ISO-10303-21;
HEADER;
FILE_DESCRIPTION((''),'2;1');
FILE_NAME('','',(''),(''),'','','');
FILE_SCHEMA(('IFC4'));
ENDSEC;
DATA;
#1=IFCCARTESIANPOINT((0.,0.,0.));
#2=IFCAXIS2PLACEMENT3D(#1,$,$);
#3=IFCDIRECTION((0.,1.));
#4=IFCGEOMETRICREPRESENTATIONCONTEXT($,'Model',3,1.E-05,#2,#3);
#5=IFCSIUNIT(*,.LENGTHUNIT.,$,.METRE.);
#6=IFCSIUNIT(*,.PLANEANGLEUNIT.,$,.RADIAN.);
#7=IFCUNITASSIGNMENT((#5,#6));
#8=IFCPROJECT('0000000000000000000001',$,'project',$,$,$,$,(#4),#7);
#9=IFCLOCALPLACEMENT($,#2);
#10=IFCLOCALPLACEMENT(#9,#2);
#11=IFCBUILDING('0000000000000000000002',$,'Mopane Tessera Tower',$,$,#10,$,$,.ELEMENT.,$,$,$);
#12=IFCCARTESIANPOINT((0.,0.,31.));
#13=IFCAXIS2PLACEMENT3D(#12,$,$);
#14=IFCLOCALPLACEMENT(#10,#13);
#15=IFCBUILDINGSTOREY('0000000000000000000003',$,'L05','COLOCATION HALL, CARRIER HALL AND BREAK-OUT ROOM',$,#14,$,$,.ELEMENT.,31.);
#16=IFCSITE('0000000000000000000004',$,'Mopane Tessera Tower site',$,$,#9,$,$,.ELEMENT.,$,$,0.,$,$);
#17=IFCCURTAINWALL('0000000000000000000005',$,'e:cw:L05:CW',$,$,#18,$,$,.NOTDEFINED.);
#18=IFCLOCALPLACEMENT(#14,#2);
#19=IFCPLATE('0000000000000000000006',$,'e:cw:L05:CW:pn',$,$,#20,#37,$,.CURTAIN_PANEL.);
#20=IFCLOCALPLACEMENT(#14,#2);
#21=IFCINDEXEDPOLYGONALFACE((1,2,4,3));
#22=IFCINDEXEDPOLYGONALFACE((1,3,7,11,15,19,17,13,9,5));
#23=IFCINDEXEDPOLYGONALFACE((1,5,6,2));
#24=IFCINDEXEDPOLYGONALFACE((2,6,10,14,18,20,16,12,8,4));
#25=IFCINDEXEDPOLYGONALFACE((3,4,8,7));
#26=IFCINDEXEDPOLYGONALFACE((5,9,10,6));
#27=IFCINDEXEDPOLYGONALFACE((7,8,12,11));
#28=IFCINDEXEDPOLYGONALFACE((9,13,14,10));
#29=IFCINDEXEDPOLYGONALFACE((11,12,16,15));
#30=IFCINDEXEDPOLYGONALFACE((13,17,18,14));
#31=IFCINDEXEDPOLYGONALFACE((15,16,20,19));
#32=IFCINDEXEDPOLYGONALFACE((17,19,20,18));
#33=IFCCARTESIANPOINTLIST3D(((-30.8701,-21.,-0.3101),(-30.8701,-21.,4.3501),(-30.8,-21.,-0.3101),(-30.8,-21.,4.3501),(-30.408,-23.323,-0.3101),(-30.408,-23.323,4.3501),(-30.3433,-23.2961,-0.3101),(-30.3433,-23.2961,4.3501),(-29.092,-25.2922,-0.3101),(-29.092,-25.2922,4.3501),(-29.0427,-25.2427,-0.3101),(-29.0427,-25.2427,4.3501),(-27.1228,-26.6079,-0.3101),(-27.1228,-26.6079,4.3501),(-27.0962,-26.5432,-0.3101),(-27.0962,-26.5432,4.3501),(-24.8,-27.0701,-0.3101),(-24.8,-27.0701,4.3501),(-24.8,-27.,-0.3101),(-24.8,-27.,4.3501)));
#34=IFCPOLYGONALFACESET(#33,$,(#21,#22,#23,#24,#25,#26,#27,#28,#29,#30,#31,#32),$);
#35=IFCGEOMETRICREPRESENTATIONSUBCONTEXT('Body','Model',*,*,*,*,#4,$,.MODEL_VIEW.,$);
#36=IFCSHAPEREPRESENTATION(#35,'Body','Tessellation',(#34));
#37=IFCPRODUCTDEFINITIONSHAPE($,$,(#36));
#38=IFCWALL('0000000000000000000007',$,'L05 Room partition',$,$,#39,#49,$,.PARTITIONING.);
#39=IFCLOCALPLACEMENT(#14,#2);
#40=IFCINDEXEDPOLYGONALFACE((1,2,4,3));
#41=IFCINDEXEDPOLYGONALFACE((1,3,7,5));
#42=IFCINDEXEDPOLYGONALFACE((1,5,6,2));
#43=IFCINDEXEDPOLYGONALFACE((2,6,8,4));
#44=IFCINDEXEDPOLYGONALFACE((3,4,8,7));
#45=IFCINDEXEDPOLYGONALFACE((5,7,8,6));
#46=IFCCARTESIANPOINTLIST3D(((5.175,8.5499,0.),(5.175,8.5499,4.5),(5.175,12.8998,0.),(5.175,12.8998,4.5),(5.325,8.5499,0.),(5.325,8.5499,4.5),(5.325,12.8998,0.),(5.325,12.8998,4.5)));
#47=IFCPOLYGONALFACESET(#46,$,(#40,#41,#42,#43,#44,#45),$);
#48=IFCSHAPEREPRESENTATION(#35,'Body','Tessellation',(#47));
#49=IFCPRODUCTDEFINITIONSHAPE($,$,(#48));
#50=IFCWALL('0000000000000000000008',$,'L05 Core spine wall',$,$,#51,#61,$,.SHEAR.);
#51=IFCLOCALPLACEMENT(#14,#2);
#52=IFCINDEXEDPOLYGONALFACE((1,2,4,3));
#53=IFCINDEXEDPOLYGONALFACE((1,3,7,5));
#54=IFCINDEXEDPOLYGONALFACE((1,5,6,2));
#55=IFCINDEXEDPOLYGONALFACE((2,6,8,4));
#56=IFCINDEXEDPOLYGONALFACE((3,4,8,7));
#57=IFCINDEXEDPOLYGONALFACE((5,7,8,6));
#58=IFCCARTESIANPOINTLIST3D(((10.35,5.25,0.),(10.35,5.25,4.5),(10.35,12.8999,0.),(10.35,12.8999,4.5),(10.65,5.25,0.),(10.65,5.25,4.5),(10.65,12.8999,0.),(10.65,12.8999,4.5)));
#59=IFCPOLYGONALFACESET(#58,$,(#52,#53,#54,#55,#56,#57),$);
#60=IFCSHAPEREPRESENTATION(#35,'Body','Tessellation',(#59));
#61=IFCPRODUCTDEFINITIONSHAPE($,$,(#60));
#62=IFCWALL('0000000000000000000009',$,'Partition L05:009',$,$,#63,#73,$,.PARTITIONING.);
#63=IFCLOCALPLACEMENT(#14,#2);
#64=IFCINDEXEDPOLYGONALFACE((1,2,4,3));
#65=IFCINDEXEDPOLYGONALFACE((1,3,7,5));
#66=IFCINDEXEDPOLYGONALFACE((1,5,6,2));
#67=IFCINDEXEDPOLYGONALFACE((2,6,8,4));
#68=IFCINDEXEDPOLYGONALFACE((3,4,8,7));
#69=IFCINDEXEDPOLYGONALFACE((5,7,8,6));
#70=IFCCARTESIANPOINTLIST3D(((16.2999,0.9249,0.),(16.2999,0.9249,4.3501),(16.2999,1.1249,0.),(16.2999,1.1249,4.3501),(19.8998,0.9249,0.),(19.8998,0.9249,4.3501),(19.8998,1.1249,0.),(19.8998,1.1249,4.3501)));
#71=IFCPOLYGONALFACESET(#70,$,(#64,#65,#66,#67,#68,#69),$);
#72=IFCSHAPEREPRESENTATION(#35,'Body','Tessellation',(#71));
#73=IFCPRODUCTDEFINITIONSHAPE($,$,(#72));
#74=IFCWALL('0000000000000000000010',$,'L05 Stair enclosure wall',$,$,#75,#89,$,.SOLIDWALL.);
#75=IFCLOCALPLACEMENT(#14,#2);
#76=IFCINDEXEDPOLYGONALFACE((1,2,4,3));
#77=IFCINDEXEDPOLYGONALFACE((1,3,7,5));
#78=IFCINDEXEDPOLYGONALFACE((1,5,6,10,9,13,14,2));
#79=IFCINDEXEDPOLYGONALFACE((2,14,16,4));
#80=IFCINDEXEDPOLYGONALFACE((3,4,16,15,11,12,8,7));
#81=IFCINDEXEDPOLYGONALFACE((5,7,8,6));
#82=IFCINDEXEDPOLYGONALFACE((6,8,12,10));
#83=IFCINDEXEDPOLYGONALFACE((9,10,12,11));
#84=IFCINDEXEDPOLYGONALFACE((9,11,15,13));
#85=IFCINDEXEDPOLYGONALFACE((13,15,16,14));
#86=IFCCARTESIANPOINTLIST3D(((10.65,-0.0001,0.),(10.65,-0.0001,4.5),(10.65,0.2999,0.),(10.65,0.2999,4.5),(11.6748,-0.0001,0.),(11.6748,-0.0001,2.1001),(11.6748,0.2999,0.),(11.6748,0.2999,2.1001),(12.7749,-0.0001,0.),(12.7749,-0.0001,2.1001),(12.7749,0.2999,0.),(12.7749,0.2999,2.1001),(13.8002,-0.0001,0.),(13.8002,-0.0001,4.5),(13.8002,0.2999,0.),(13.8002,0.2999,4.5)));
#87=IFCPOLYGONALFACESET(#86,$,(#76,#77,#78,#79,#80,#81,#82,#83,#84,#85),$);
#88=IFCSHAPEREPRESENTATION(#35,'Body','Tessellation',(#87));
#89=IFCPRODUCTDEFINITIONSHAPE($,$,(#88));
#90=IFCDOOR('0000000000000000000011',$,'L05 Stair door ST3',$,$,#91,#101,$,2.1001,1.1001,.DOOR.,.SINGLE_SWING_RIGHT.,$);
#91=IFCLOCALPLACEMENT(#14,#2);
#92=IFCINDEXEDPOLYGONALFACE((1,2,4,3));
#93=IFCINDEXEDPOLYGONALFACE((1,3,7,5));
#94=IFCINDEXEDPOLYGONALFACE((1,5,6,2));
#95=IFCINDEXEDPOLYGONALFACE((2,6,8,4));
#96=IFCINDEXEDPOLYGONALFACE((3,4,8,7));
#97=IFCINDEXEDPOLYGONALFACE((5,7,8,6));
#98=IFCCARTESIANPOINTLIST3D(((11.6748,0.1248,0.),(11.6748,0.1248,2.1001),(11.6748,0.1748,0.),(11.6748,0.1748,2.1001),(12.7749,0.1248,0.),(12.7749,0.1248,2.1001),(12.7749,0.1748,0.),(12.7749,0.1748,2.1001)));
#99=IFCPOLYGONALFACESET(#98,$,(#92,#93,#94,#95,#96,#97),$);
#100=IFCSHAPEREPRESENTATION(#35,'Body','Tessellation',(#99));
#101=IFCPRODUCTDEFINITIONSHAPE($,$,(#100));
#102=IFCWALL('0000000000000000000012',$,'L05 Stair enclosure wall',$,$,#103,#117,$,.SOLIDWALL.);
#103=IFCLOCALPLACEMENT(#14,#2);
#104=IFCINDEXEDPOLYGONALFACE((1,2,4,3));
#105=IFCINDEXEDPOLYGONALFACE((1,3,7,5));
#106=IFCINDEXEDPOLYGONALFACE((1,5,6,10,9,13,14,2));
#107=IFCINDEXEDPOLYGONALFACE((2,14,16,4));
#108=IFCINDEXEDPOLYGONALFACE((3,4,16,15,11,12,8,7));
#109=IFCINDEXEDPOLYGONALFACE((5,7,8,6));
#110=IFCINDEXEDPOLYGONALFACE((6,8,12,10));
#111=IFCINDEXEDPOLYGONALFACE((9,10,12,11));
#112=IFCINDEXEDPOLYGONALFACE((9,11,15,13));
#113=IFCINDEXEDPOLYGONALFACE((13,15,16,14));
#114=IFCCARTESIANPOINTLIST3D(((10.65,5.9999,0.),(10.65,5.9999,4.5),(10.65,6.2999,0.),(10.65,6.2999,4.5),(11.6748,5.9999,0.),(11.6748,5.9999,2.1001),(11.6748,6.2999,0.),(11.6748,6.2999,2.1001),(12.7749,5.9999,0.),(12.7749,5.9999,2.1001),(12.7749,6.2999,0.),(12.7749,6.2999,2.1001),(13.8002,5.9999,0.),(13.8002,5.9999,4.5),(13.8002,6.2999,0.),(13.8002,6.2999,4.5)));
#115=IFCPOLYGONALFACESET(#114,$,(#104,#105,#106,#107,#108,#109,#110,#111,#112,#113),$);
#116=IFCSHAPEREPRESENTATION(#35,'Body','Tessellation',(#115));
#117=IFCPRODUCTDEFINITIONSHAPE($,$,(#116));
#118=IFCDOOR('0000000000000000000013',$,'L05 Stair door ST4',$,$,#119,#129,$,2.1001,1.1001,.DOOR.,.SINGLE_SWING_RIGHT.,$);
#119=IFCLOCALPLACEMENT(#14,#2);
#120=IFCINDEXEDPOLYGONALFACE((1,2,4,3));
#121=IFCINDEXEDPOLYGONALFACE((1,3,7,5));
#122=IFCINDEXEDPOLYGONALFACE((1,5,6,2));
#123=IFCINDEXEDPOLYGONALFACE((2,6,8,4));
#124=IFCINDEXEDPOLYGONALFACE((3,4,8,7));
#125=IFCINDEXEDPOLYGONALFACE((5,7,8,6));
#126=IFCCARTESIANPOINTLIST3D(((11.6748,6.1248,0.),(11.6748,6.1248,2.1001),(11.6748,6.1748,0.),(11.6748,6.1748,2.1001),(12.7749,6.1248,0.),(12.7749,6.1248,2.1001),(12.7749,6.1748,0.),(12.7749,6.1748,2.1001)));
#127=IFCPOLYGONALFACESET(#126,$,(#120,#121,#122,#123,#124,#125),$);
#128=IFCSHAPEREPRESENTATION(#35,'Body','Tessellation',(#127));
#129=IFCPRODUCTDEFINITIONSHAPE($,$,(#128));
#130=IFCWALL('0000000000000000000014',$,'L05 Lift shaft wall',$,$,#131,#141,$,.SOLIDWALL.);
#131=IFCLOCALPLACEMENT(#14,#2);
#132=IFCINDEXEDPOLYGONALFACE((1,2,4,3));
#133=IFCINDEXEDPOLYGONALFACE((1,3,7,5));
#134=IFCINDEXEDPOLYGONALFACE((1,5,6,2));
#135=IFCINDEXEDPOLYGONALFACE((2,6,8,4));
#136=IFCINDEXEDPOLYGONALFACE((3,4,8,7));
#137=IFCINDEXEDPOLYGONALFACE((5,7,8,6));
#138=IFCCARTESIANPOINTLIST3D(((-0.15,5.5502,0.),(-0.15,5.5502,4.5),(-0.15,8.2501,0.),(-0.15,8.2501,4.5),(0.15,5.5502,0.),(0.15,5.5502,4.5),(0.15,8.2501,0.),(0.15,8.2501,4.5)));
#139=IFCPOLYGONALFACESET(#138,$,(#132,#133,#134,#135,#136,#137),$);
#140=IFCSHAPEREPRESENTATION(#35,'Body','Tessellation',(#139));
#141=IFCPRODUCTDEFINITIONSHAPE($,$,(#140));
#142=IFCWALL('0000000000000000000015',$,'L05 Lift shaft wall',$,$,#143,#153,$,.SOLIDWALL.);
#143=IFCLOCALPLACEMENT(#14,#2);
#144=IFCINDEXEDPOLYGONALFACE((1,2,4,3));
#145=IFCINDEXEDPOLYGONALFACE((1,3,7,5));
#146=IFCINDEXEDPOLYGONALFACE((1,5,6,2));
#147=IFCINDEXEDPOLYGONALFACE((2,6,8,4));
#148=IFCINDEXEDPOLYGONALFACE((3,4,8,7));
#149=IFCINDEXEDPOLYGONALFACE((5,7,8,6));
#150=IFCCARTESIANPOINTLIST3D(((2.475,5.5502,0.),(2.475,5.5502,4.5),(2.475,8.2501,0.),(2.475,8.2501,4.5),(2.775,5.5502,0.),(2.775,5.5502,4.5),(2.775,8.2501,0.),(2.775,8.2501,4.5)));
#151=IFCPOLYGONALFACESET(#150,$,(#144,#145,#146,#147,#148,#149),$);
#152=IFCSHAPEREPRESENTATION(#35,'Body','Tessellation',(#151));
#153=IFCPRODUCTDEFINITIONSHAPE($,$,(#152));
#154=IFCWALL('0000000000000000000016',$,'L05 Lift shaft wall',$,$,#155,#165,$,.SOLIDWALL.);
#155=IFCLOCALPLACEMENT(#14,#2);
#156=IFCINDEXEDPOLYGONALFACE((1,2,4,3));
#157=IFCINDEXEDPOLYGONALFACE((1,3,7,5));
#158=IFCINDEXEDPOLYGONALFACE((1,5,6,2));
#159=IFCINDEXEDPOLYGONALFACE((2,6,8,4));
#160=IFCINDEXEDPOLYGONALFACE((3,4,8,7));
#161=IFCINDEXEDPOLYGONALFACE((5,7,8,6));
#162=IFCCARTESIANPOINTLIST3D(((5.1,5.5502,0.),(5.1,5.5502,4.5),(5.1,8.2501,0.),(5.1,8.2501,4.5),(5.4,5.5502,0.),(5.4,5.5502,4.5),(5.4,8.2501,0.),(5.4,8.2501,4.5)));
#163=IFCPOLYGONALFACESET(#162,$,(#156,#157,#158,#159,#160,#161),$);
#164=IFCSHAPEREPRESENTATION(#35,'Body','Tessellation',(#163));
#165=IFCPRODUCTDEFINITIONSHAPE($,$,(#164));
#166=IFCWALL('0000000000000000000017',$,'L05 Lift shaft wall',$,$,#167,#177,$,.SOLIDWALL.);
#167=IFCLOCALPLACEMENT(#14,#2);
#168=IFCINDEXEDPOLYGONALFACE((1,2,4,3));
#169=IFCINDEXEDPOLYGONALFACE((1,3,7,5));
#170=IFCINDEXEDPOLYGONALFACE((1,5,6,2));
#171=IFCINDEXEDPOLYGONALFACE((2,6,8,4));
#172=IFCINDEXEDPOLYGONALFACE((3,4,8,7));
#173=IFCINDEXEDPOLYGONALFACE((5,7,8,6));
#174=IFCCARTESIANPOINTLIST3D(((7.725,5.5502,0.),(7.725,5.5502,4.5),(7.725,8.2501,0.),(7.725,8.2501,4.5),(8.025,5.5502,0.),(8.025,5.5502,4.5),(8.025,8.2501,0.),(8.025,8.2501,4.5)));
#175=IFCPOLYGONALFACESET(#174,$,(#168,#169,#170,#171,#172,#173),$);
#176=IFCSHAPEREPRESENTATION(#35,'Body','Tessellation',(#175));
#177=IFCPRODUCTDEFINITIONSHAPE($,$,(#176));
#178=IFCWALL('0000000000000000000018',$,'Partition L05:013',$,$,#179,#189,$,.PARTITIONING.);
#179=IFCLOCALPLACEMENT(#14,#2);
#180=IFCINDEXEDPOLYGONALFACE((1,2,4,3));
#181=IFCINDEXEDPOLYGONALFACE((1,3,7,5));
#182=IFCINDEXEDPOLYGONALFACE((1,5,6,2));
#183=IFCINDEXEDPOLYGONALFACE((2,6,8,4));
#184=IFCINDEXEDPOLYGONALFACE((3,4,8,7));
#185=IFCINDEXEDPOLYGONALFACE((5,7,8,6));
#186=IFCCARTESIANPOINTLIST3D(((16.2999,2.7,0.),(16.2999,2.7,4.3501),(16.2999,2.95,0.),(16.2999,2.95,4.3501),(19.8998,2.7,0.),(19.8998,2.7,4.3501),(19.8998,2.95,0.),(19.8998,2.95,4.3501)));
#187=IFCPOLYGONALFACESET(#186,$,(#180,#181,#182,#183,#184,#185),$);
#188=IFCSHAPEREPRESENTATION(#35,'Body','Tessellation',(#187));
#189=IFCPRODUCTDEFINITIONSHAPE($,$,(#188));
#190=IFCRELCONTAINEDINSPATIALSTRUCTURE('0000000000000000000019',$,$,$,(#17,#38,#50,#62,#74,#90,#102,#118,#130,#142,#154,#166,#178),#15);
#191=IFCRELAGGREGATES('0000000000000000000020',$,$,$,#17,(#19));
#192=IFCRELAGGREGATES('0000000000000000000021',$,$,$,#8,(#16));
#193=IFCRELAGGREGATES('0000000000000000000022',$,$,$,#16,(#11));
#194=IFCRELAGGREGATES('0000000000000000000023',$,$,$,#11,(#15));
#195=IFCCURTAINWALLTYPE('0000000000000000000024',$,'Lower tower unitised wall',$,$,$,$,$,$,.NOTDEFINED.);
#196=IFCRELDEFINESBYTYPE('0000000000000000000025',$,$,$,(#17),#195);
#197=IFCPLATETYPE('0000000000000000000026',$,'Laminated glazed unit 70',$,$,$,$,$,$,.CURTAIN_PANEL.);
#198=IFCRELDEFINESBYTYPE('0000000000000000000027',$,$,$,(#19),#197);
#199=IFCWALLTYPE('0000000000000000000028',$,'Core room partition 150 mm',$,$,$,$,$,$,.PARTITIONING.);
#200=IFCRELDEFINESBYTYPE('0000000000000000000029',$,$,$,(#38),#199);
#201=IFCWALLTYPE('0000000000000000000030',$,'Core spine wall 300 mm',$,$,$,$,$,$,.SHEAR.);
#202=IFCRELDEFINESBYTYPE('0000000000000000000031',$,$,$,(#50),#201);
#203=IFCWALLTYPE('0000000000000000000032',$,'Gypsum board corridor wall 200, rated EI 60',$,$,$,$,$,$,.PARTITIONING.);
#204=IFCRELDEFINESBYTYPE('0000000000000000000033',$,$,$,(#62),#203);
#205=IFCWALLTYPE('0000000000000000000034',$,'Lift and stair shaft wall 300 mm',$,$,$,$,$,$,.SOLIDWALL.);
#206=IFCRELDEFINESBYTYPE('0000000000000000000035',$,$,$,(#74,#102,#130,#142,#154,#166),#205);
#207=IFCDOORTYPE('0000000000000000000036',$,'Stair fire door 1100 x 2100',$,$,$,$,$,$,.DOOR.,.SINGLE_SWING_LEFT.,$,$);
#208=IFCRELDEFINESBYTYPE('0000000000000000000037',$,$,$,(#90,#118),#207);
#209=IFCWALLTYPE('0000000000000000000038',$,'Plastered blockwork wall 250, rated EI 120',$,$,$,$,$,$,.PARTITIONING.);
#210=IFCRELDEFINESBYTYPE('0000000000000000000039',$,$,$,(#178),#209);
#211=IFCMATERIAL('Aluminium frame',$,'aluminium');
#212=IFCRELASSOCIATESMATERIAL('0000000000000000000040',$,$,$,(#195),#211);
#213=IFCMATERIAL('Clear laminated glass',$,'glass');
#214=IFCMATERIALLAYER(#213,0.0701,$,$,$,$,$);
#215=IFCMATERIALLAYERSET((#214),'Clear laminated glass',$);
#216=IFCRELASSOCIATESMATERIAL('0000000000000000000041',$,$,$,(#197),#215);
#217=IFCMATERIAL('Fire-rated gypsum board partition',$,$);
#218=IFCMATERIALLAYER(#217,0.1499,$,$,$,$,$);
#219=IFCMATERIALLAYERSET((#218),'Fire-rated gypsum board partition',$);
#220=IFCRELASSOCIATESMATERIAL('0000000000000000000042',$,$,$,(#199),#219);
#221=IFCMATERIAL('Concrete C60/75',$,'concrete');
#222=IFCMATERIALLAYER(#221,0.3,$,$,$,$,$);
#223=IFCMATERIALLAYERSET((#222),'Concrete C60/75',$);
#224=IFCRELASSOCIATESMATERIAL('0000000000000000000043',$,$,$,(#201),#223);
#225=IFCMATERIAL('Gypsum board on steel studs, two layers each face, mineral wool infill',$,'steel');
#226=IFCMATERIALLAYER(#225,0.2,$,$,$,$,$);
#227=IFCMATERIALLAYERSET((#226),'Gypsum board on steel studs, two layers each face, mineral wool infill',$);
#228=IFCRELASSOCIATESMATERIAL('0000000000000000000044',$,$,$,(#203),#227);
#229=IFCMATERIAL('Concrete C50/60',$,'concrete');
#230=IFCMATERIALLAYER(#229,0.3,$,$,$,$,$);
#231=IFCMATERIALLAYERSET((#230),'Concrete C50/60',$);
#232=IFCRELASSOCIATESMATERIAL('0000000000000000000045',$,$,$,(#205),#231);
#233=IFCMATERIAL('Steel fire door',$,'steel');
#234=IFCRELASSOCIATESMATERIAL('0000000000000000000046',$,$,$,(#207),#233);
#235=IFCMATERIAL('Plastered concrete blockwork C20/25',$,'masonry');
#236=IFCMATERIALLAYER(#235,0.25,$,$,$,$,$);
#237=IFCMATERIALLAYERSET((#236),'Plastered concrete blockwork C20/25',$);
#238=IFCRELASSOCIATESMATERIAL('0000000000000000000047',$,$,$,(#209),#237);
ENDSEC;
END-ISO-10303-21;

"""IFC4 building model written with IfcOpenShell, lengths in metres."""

from ifc_helpers import new_model, si_unit, direction, frame, frame_2d, origin, place, context, subcontext, project, spatial, polyline, rectangle, outline, extrude, material, layer, layer_set, type_object, element, fill, aggregate, save


model = new_model("IFC4")

# Units and contexts
model_context = context("Model", 3, precision=1e-05, world=origin(), true_north=direction((0.0, 1.0)))
body_context = subcontext(model_context, "Body", "Model", "MODEL_VIEW")
ifc_project = project(units=[si_unit("LENGTHUNIT", "METRE"), si_unit("PLANEANGLEUNIT", "RADIAN")], contexts=[model_context])

# Site, building, storey
site_placement = place(None, origin())
site = spatial("IfcSite", under=ifc_project, at=site_placement, Name="Mopane Tessera Tower site", CompositionType="ELEMENT", RefElevation=0.0)
building_placement = place(site_placement, origin())
building = spatial("IfcBuilding", under=site, at=building_placement, Name="Mopane Tessera Tower", CompositionType="ELEMENT")
storey_placement = place(building_placement, frame((0.0, 0.0, 31.0)))
storey = spatial("IfcBuildingStorey", under=building, at=storey_placement, Name="L05", Description="COLOCATION HALL, CARRIER HALL AND BREAK-OUT ROOM", CompositionType="ELEMENT", Elevation=31.0)

# Curtain wall, plate
ifc_material_1 = material(Name="Aluminium frame", Category="aluminium")
curtain_wall_type = type_object("IfcCurtainWallType", Name="Lower tower unitised wall", PredefinedType="NOTDEFINED", material=ifc_material_1)
curtain_wall_placement = place(storey_placement, origin())
curtain_wall = element("IfcCurtainWall", 1, at=curtain_wall_placement, inside=storey, type_object=curtain_wall_type, Name="e:cw:L05:CW", PredefinedType="NOTDEFINED")
ifc_material_2 = material(Name="Clear laminated glass", Category="glass")
ifc_layer_1 = layer(ifc_material_2, 0.0701)
ifc_layer_set_1 = layer_set([ifc_layer_1], Name="Clear laminated glass")
plate_type = type_object("IfcPlateType", Name="Laminated glazed unit 70", PredefinedType="CURTAIN_PANEL", material=ifc_layer_set_1)
plate_placement = place(storey_placement, frame((0.0, 0.0, -0.3101)))
plate = element("IfcPlate", 2, at=plate_placement, type_object=plate_type, Name="e:cw:L05:CW:pn", PredefinedType="CURTAIN_PANEL", context=body_context, shape_type="SweptSolid", body=[
    extrude(outline(polyline([(-30.8, -21.0), (-30.3433, -23.2961), (-29.0427, -25.2427), (-27.0962, -26.5432), (-24.8, -27.0), (-24.8, -27.0701), (-27.1228, -26.6079), (-29.092, -25.2922), (-30.408, -23.323), (-30.8701, -21.0), (-30.8, -21.0)])), origin(), (0.0, 0.0, 1.0), 4.6602),
])
aggregate(curtain_wall, [plate])

# Walls
ifc_material_3 = material(Name="Fire-rated gypsum board partition")
ifc_layer_2 = layer(ifc_material_3, 0.1499)
ifc_layer_set_2 = layer_set([ifc_layer_2], Name="Fire-rated gypsum board partition")
wall_type_1 = type_object("IfcWallType", Name="Core room partition 150 mm", PredefinedType="PARTITIONING", material=ifc_layer_set_2)
wall_1_placement = place(storey_placement, frame((5.25, 8.55, 0.0), z_axis=(0.0, 0.0, 1.0), x_axis=(0.0, 1.0, 0.0)))
element("IfcWall", 3, at=wall_1_placement, inside=storey, type_object=wall_type_1, Name="L05 Room partition", PredefinedType="PARTITIONING", context=body_context, shape_type="SweptSolid", body=[
    extrude(rectangle(XDim=4.3499, YDim=0.1499, at=frame_2d((2.1748, 0.0))), origin(), (0.0, 0.0, 1.0), 4.5),
])
ifc_material_4 = material(Name="Concrete C60/75", Category="concrete")
ifc_layer_3 = layer(ifc_material_4, 0.3)
ifc_layer_set_3 = layer_set([ifc_layer_3], Name="Concrete C60/75")
wall_type_2 = type_object("IfcWallType", Name="Core spine wall 300 mm", PredefinedType="SHEAR", material=ifc_layer_set_3)
wall_2_placement = place(storey_placement, frame((10.5, 5.25, 0.0), z_axis=(0.0, 0.0, 1.0), x_axis=(0.0, 1.0, 0.0)))
element("IfcWall", 4, at=wall_2_placement, inside=storey, type_object=wall_type_2, Name="L05 Core spine wall", PredefinedType="SHEAR", context=body_context, shape_type="SweptSolid", body=[
    extrude(rectangle(XDim=7.6499, YDim=0.3, at=frame_2d((3.825, 0.0))), origin(), (0.0, 0.0, 1.0), 4.5),
])
ifc_material_5 = material(Name="Gypsum board on steel studs, two layers each face, mineral wool infill", Category="steel")
ifc_layer_4 = layer(ifc_material_5, 0.2)
ifc_layer_set_4 = layer_set([ifc_layer_4], Name="Gypsum board on steel studs, two layers each face, mineral wool infill")
wall_type_3 = type_object("IfcWallType", Name="Gypsum board corridor wall 200, rated EI 60", PredefinedType="PARTITIONING", material=ifc_layer_set_4)
wall_3_placement = place(storey_placement, frame((16.3, 1.0249, 0.0), z_axis=(0.0, 0.0, 1.0), x_axis=(1.0, 0.0, 0.0)))
element("IfcWall", 5, at=wall_3_placement, inside=storey, type_object=wall_type_3, Name="Partition L05:009", PredefinedType="PARTITIONING", context=body_context, shape_type="SweptSolid", body=[
    extrude(rectangle(XDim=3.5999, YDim=0.2, at=frame_2d((1.7998, 0.0))), origin(), (0.0, 0.0, 1.0), 4.3501),
])

# Walls, openings, doors
ifc_material_6 = material(Name="Concrete C50/60", Category="concrete")
ifc_layer_5 = layer(ifc_material_6, 0.3)
ifc_layer_set_5 = layer_set([ifc_layer_5], Name="Concrete C50/60")
wall_type_4 = type_object("IfcWallType", Name="Lift and stair shaft wall 300 mm", PredefinedType="SOLIDWALL", material=ifc_layer_set_5)
wall_4_placement = place(storey_placement, frame((10.6499, 0.1499, 0.0), z_axis=(0.0, 0.0, 1.0), x_axis=(1.0, 0.0, 0.0)))
wall_4 = element("IfcWall", 6, at=wall_4_placement, inside=storey, type_object=wall_type_4, Name="L05 Stair enclosure wall", PredefinedType="SOLIDWALL", context=body_context, shape_type="SweptSolid", body=[
    extrude(rectangle(XDim=3.1501, YDim=0.3, at=frame_2d((1.5752, 0.0))), origin(), (0.0, 0.0, 1.0), 4.5),
])
opening_1_placement = place(wall_4_placement, frame((1.0249, 0.0, 0.0)))
opening_1 = element("IfcOpeningElement", 7, at=opening_1_placement, cuts=wall_4, PredefinedType="OPENING", context=body_context, shape_type="SweptSolid", body=[
    extrude(rectangle(XDim=1.1001, YDim=2.1001, at=frame_2d((0.55, 1.05))), frame((0.0, 0.1621, 0.0), z_axis=(0.0, -1.0, 0.0), x_axis=(1.0, 0.0, 0.0)), (0.0, 0.0, 1.0), 0.324),
])
ifc_material_7 = material(Name="Steel fire door", Category="steel")
door_type = type_object("IfcDoorType", Name="Stair fire door 1100 x 2100", OperationType="SINGLE_SWING_LEFT", PredefinedType="DOOR", material=ifc_material_7)
door_1_placement = place(opening_1_placement, origin())
door_1 = element("IfcDoor", 8, at=door_1_placement, inside=storey, type_object=door_type, Name="L05 Stair door ST3", OperationType="SINGLE_SWING_RIGHT", OverallHeight=2.1001, OverallWidth=1.1001, PredefinedType="DOOR", context=body_context, shape_type="SweptSolid", body=[
    extrude(rectangle(XDim=1.1001, YDim=2.1001, at=frame_2d((0.55, 1.05))), frame((0.0, 0.0249, 0.0), z_axis=(0.0, -1.0, 0.0), x_axis=(1.0, 0.0, 0.0)), (0.0, 0.0, 1.0), 0.05),
])
fill(opening_1, door_1)
wall_5_placement = place(storey_placement, frame((10.6499, 6.1499, 0.0), z_axis=(0.0, 0.0, 1.0), x_axis=(1.0, 0.0, 0.0)))
wall_5 = element("IfcWall", 9, at=wall_5_placement, inside=storey, type_object=wall_type_4, Name="L05 Stair enclosure wall", PredefinedType="SOLIDWALL", context=body_context, shape_type="SweptSolid", body=[
    extrude(rectangle(XDim=3.1501, YDim=0.3, at=frame_2d((1.5752, 0.0))), origin(), (0.0, 0.0, 1.0), 4.5),
])
opening_2_placement = place(wall_5_placement, frame((1.0249, 0.0, 0.0)))
opening_2 = element("IfcOpeningElement", 10, at=opening_2_placement, cuts=wall_5, PredefinedType="OPENING", context=body_context, shape_type="SweptSolid", body=[
    extrude(rectangle(XDim=1.1001, YDim=2.1001, at=frame_2d((0.55, 1.05))), frame((0.0, 0.1621, 0.0), z_axis=(0.0, -1.0, 0.0), x_axis=(1.0, 0.0, 0.0)), (0.0, 0.0, 1.0), 0.324),
])
door_2_placement = place(opening_2_placement, origin())
door_2 = element("IfcDoor", 11, at=door_2_placement, inside=storey, type_object=door_type, Name="L05 Stair door ST4", OperationType="SINGLE_SWING_RIGHT", OverallHeight=2.1001, OverallWidth=1.1001, PredefinedType="DOOR", context=body_context, shape_type="SweptSolid", body=[
    extrude(rectangle(XDim=1.1001, YDim=2.1001, at=frame_2d((0.55, 1.05))), frame((0.0, 0.0249, 0.0), z_axis=(0.0, -1.0, 0.0), x_axis=(1.0, 0.0, 0.0)), (0.0, 0.0, 1.0), 0.05),
])
fill(opening_2, door_2)

# Walls
for number, where, z_axis, x_axis, name in (
    (12, (0.0, 5.55, 0.0), (0.0, 0.0, 1.0), (0.0, 1.0, 0.0), "L05 Lift shaft wall"),
    (13, (2.625, 5.55, 0.0), (0.0, 0.0, 1.0), (0.0, 1.0, 0.0), "L05 Lift shaft wall"),
    (14, (5.25, 5.55, 0.0), (0.0, 0.0, 1.0), (0.0, 1.0, 0.0), "L05 Lift shaft wall"),
    (15, (7.875, 5.55, 0.0), (0.0, 0.0, 1.0), (0.0, 1.0, 0.0), "L05 Lift shaft wall"),
):
    element("IfcWall", number, at=place(storey_placement, frame(where, z_axis=z_axis, x_axis=x_axis)), inside=storey, type_object=wall_type_4, Name=name, PredefinedType="SOLIDWALL", context=body_context, shape_type="SweptSolid", body=[
        extrude(rectangle(XDim=2.7, YDim=0.3, at=frame_2d((1.3501, 0.0))), origin(), (0.0, 0.0, 1.0), 4.5),
    ])
ifc_material_8 = material(Name="Plastered concrete blockwork C20/25", Category="masonry")
ifc_layer_6 = layer(ifc_material_8, 0.25)
ifc_layer_set_6 = layer_set([ifc_layer_6], Name="Plastered concrete blockwork C20/25")
wall_type_5 = type_object("IfcWallType", Name="Plastered blockwork wall 250, rated EI 120", PredefinedType="PARTITIONING", material=ifc_layer_set_6)
wall_6_placement = place(storey_placement, frame((16.3, 2.825, 0.0), z_axis=(0.0, 0.0, 1.0), x_axis=(1.0, 0.0, 0.0)))
element("IfcWall", 16, at=wall_6_placement, inside=storey, type_object=wall_type_5, Name="Partition L05:013", PredefinedType="PARTITIONING", context=body_context, shape_type="SweptSolid", body=[
    extrude(rectangle(XDim=3.5999, YDim=0.25, at=frame_2d((1.7998, 0.0))), origin(), (0.0, 0.0, 1.0), 4.3501),
])

save(model, "model.ifc")
